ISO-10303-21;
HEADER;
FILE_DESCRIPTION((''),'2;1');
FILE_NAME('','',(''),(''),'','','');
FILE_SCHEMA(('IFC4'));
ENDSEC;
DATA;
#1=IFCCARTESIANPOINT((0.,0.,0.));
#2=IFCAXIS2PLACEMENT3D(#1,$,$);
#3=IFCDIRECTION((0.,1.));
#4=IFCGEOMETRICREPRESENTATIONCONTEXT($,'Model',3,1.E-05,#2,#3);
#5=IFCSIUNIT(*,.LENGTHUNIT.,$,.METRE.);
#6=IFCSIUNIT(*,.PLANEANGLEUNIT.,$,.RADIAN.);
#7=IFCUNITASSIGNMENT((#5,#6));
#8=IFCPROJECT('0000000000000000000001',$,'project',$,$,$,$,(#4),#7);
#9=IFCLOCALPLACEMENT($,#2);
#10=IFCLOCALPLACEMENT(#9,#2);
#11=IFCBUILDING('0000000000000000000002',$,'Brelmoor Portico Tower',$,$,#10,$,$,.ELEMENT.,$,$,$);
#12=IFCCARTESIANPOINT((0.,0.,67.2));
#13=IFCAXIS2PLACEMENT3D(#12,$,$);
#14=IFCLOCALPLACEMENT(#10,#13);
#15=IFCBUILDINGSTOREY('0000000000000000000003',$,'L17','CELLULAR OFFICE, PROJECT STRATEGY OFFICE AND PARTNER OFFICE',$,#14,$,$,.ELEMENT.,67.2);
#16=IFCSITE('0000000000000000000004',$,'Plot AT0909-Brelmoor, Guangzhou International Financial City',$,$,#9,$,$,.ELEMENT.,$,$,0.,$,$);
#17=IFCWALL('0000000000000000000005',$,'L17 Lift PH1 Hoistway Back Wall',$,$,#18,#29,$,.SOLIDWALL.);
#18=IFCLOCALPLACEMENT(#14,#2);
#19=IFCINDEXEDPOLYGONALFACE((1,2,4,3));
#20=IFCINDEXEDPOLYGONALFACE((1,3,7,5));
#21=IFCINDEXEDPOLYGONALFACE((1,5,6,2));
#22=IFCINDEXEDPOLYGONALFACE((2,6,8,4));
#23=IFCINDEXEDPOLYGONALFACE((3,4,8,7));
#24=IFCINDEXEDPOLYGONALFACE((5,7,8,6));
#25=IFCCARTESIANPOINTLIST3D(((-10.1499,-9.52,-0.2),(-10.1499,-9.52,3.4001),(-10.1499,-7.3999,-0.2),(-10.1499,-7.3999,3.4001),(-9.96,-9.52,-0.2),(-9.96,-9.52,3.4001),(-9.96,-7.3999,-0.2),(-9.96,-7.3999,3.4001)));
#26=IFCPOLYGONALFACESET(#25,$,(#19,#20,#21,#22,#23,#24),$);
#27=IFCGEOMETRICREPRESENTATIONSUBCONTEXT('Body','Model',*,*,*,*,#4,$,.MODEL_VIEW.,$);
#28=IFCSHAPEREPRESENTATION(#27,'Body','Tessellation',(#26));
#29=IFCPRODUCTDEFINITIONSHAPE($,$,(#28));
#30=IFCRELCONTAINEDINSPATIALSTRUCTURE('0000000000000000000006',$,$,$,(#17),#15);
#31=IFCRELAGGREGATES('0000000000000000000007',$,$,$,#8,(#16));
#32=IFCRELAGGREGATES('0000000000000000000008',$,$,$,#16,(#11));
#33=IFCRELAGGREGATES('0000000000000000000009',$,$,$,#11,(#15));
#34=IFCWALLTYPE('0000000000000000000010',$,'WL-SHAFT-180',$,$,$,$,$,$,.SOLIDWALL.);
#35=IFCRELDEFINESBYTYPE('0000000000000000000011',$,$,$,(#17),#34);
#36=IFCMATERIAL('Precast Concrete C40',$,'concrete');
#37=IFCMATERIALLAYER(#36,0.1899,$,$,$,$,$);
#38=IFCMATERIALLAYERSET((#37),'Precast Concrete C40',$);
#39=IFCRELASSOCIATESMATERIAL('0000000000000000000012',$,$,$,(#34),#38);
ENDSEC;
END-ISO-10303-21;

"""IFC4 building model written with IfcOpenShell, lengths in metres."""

from ifc_helpers import new_model, si_unit, direction, frame, frame_2d, origin, place, context, subcontext, project, spatial, rectangle, extrude, material, layer, layer_set, type_object, element, save


model = new_model("IFC4")

# Units and contexts
model_context = context("Model", 3, precision=1e-05, world=origin(), true_north=direction((0.0, 1.0)))
body_context = subcontext(model_context, "Body", "Model", "MODEL_VIEW")
ifc_project = project(units=[si_unit("LENGTHUNIT", "METRE"), si_unit("PLANEANGLEUNIT", "RADIAN")], contexts=[model_context])

# Site, building, storey
site_placement = place(None, origin())
site = spatial("IfcSite", under=ifc_project, at=site_placement, Name="Plot AT0909-Brelmoor, Guangzhou International Financial City", CompositionType="ELEMENT", RefElevation=0.0)
building_placement = place(site_placement, origin())
building = spatial("IfcBuilding", under=site, at=building_placement, Name="Brelmoor Portico Tower", CompositionType="ELEMENT")
storey_placement = place(building_placement, frame((0.0, 0.0, 67.2)))
storey = spatial("IfcBuildingStorey", under=building, at=storey_placement, Name="L17", Description="CELLULAR OFFICE, PROJECT STRATEGY OFFICE AND PARTNER OFFICE", CompositionType="ELEMENT", Elevation=67.2)

# Wall
ifc_material_1 = material(Name="Precast Concrete C40", Category="concrete")
ifc_layer_1 = layer(ifc_material_1, 0.1899)
ifc_layer_set_1 = layer_set([ifc_layer_1], Name="Precast Concrete C40")
wall_type_1 = type_object("IfcWallType", Name="WL-SHAFT-180", PredefinedType="SOLIDWALL", material=ifc_layer_set_1)
wall_1_placement = place(storey_placement, frame((-10.0549, -9.52, -0.2), z_axis=(0.0, 0.0, 1.0), x_axis=(0.0, 1.0, 0.0)))
element("IfcWall", 1, at=wall_1_placement, inside=storey, type_object=wall_type_1, Name="L17 Lift PH1 Hoistway Back Wall", PredefinedType="SOLIDWALL", context=body_context, shape_type="SweptSolid", body=[
    extrude(rectangle(XDim=2.1201, YDim=0.1899, at=frame_2d((1.0601, 0.0))), origin(), (0.0, 0.0, 1.0), 3.6001),
])

save(model, "model.ifc")
